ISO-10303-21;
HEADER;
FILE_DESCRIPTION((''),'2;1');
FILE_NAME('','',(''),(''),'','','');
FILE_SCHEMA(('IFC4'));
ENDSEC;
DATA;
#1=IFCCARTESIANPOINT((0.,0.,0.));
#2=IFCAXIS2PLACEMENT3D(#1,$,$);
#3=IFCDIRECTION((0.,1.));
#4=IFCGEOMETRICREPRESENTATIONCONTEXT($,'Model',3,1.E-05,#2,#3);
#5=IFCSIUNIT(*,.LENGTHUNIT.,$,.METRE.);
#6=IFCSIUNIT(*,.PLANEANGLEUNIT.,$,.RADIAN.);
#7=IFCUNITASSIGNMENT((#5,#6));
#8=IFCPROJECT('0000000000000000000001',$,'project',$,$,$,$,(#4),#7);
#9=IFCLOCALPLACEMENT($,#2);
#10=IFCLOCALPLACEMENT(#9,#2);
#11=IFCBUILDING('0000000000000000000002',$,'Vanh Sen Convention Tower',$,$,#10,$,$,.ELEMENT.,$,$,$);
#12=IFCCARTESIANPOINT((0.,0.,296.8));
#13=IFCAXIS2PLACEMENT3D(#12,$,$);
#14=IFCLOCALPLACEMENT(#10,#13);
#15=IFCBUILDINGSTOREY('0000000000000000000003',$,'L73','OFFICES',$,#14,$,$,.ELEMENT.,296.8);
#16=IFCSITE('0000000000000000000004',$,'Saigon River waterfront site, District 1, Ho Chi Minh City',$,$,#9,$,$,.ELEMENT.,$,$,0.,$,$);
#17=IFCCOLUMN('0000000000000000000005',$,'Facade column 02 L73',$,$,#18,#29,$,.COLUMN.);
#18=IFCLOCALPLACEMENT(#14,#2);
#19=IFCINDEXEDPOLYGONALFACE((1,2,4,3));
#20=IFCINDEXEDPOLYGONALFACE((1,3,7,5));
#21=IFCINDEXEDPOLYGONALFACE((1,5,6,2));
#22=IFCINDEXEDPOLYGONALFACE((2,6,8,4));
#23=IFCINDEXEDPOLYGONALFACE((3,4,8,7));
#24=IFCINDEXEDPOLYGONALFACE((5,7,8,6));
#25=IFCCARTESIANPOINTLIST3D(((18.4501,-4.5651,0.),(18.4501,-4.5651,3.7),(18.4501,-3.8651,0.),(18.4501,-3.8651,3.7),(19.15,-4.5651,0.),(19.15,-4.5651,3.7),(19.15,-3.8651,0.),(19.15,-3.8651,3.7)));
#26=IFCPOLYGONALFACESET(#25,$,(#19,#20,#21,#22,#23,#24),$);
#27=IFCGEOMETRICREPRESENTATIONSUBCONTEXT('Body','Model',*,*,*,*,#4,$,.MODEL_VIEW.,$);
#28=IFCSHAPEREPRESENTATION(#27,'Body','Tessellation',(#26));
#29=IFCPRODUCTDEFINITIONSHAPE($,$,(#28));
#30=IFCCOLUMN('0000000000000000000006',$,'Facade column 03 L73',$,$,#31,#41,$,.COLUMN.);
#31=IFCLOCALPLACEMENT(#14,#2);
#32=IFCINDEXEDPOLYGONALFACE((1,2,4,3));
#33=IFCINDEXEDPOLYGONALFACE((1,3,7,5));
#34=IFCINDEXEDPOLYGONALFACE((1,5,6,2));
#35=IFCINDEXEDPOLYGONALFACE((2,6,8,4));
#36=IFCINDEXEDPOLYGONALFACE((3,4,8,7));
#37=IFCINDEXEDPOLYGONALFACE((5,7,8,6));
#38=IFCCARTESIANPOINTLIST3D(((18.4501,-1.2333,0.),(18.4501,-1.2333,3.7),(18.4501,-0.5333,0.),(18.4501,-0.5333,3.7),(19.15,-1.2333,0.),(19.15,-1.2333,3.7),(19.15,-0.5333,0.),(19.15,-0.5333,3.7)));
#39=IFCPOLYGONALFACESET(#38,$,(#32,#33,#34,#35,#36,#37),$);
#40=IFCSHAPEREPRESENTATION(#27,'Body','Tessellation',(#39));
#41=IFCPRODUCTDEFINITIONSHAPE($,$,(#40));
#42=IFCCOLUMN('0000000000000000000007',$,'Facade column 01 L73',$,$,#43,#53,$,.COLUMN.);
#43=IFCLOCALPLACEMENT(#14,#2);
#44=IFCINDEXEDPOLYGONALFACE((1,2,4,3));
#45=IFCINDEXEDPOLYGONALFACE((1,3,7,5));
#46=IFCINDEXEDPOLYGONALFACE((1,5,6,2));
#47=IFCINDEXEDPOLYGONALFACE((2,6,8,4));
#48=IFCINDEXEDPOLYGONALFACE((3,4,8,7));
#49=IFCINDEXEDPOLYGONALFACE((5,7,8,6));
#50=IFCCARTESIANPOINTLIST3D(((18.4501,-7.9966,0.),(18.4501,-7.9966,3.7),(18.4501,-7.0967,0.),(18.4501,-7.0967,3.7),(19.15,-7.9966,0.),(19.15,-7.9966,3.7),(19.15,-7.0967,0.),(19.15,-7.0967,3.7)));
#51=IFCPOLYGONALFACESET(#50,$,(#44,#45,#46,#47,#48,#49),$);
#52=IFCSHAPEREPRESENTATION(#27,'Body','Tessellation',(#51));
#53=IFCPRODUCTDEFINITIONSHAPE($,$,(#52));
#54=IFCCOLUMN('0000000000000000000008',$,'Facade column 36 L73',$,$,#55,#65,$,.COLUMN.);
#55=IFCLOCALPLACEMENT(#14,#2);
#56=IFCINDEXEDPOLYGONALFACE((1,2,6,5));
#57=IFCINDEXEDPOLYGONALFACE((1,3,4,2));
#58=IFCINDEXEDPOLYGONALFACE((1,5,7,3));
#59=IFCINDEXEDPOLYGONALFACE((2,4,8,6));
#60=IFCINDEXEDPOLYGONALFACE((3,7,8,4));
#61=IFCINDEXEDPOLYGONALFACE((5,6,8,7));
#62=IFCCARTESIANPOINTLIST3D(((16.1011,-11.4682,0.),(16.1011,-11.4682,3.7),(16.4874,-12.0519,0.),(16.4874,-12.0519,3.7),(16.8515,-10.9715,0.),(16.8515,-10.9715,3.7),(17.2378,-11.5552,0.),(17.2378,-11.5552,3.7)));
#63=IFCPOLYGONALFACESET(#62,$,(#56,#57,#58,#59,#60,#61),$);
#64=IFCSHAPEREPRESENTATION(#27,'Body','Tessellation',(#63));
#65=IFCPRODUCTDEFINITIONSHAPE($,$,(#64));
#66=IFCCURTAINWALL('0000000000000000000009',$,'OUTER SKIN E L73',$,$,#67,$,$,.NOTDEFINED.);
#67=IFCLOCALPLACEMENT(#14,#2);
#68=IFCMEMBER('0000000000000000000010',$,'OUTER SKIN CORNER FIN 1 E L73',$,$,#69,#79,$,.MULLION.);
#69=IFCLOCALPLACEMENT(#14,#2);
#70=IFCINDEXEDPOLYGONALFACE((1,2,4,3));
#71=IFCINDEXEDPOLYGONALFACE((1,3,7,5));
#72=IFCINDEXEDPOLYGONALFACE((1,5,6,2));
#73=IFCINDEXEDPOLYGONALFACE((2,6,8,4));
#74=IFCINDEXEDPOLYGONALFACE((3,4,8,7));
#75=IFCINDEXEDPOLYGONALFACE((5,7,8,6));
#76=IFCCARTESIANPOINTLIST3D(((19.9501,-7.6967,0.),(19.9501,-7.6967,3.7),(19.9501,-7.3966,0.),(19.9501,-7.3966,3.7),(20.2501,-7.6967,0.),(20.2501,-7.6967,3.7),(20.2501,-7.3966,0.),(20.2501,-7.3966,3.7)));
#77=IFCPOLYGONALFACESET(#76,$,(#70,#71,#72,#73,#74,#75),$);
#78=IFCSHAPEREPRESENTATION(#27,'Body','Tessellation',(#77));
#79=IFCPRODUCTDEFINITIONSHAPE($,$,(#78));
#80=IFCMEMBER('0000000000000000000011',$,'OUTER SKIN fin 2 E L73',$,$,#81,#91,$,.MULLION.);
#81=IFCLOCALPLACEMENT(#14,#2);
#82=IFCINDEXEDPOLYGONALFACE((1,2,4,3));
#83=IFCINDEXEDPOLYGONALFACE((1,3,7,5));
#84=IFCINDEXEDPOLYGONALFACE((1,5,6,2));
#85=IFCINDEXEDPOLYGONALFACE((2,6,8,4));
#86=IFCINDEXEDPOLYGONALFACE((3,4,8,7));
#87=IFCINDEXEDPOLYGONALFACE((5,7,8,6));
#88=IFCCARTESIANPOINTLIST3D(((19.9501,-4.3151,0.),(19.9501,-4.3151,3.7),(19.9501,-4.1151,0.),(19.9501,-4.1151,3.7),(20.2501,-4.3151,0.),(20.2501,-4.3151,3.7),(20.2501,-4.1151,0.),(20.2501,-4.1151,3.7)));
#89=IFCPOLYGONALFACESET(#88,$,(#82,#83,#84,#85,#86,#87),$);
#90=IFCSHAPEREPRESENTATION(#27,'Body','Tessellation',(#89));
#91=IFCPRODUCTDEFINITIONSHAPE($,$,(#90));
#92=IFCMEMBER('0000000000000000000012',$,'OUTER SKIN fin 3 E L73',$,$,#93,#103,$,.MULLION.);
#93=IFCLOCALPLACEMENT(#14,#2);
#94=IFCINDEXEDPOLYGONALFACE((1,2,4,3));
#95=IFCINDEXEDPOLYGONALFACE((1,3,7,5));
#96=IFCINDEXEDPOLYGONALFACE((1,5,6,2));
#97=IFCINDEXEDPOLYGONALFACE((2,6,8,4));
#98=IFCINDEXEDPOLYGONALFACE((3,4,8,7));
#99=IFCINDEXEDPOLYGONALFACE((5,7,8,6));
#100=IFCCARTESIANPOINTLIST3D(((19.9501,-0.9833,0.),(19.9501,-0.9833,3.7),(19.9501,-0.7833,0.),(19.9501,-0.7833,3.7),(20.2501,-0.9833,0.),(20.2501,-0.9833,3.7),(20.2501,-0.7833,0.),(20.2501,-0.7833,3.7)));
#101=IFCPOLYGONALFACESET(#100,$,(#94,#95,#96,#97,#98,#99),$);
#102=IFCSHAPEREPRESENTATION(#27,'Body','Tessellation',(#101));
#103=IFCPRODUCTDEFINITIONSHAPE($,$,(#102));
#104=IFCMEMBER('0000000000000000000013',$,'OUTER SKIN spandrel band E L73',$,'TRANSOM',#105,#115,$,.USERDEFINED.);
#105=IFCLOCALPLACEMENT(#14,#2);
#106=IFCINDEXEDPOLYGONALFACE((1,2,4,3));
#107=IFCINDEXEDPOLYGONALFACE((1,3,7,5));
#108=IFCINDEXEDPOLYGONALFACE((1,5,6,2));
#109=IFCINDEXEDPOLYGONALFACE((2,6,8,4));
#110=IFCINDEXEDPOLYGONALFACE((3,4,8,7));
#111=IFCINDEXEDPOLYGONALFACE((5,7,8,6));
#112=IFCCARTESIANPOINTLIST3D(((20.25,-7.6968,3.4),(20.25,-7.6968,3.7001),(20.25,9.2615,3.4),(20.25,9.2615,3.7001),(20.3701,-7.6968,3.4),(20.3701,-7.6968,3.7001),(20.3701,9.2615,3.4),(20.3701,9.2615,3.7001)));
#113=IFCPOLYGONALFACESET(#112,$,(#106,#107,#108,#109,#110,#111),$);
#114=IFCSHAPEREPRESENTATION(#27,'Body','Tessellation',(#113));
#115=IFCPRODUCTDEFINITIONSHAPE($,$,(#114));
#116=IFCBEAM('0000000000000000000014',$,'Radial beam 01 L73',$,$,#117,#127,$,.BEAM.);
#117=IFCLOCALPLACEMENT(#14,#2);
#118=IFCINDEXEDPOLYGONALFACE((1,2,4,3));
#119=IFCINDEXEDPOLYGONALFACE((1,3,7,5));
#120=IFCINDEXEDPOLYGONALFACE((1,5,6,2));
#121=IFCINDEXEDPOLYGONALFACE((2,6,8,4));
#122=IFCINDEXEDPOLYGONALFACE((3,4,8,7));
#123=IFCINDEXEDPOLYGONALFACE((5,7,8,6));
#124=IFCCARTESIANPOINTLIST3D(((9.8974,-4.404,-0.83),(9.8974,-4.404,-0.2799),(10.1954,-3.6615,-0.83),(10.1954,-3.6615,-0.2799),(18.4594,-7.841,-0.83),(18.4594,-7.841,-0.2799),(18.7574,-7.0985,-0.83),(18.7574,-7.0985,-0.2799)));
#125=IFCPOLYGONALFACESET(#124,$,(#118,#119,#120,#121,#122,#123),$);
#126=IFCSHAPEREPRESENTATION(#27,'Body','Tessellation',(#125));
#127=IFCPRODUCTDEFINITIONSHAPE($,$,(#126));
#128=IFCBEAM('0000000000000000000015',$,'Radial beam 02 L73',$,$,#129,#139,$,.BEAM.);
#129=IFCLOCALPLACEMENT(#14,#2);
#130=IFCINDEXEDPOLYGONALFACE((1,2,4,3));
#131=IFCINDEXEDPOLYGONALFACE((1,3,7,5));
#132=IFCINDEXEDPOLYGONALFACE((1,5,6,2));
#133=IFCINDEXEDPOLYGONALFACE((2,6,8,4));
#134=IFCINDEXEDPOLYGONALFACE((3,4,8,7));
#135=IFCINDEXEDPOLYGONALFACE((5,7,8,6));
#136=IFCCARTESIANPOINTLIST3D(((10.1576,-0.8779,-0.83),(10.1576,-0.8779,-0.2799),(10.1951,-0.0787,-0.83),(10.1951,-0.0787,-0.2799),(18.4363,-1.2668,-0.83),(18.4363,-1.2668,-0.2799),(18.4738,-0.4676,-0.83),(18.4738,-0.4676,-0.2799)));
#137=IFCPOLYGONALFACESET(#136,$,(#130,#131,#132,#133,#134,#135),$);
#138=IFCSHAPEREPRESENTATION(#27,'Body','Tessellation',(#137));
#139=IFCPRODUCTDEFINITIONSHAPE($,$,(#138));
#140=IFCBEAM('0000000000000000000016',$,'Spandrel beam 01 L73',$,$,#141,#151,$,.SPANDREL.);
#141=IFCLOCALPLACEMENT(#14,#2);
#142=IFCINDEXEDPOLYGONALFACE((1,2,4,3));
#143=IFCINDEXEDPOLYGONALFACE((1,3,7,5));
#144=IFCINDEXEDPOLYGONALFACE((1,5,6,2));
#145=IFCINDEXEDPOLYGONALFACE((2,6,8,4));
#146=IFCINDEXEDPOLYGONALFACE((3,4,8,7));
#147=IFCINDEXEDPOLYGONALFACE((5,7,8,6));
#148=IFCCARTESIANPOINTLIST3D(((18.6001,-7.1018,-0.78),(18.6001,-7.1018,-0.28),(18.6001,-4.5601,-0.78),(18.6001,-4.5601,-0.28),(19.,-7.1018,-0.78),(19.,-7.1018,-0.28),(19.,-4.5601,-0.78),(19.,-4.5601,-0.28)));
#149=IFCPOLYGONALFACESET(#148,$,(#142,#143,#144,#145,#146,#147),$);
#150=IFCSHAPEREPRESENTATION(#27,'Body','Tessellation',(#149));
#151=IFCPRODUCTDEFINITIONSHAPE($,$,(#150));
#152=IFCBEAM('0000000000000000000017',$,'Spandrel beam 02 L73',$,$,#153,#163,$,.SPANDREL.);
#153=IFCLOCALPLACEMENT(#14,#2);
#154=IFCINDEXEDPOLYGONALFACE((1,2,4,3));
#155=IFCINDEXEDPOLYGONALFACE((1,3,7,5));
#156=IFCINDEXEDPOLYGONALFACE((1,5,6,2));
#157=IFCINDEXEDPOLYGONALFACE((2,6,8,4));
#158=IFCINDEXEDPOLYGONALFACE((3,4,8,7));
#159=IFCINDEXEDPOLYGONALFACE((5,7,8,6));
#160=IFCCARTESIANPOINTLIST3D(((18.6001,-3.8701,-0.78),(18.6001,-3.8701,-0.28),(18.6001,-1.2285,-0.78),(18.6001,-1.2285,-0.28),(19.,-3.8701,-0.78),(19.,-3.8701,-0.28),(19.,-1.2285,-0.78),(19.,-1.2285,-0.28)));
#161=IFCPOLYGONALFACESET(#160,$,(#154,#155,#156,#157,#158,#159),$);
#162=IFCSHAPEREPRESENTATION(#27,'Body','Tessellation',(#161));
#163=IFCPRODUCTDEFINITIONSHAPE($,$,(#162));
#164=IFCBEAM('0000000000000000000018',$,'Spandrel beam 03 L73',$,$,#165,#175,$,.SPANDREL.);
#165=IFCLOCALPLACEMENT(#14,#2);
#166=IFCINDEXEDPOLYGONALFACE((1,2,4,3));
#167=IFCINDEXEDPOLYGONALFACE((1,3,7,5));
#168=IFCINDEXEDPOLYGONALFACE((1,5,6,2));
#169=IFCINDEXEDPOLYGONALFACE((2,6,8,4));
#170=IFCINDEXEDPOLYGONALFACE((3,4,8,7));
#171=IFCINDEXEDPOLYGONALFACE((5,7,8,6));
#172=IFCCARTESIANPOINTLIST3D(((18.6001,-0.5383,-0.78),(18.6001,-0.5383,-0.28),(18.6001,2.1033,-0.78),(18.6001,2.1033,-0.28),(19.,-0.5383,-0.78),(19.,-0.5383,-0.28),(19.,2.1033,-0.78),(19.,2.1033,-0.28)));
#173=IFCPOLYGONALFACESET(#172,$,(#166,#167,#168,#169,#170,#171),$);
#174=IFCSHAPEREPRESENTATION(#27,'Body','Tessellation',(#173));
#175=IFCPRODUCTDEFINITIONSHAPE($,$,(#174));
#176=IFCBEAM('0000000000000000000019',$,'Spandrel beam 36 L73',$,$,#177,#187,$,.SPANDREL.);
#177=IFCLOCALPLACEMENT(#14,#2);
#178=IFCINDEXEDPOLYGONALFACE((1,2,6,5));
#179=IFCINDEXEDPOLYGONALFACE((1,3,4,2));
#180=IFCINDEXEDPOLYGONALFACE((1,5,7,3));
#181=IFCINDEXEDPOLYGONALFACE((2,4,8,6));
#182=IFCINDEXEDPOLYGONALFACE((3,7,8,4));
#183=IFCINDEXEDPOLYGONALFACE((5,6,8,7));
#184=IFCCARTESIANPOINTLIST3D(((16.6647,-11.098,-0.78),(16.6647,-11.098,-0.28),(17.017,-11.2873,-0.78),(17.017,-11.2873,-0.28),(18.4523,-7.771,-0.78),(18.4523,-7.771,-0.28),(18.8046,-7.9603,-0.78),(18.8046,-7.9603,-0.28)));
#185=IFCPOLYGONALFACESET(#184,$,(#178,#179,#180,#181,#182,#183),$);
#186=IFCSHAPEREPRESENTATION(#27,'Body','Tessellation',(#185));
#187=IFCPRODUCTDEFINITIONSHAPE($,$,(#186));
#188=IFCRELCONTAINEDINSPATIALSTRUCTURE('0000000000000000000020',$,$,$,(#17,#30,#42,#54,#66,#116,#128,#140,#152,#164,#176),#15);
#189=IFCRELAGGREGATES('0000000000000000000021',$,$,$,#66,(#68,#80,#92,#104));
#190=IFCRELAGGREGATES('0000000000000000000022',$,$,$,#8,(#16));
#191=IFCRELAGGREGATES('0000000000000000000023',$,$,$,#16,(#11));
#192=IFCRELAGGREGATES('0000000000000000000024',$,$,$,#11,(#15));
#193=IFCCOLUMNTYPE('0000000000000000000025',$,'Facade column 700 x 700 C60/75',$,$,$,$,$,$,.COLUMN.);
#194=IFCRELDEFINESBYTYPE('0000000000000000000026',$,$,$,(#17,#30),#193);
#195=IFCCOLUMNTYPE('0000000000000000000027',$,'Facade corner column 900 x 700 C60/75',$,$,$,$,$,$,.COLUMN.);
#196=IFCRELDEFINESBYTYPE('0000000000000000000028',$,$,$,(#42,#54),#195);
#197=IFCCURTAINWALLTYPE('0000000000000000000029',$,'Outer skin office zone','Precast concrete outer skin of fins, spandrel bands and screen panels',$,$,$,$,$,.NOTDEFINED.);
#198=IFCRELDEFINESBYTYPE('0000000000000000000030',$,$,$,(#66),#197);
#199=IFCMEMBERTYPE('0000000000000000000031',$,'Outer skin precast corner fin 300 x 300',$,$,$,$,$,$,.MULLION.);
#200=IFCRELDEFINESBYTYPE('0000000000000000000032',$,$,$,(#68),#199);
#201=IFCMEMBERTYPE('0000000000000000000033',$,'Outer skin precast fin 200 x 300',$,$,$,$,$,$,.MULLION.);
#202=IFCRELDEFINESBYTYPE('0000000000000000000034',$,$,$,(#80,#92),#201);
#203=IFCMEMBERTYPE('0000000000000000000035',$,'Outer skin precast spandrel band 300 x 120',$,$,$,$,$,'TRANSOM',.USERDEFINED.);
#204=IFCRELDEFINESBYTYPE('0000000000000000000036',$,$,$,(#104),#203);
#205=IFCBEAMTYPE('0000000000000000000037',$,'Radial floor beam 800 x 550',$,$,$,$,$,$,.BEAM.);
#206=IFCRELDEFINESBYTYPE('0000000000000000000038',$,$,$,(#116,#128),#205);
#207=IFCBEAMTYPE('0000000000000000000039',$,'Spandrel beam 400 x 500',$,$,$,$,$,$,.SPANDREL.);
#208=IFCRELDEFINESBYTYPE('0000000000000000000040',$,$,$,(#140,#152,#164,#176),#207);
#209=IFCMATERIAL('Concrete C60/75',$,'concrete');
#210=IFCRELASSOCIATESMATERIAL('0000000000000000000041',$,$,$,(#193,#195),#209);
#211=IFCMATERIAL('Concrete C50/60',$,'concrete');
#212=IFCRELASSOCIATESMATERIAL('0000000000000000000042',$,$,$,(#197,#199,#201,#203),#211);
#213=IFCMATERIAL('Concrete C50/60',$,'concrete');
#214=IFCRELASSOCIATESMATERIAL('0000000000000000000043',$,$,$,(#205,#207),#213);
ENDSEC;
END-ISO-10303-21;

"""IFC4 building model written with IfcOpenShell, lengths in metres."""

from ifc_helpers import new_model, si_unit, direction, frame, origin, origin_2d, place, context, subcontext, project, spatial, rectangle, extrude, material, material_profile, profile_set, type_object, element, aggregate, save


model = new_model("IFC4")

# Units and contexts
model_context = context("Model", 3, precision=1e-05, world=origin(), true_north=direction((0.0, 1.0)))
body_context = subcontext(model_context, "Body", "Model", "MODEL_VIEW")
ifc_project = project(units=[si_unit("LENGTHUNIT", "METRE"), si_unit("PLANEANGLEUNIT", "RADIAN")], contexts=[model_context])

# Site, building, storey
site_placement = place(None, origin())
site = spatial("IfcSite", under=ifc_project, at=site_placement, Name="Saigon River waterfront site, District 1, Ho Chi Minh City", CompositionType="ELEMENT", RefElevation=0.0)
building_placement = place(site_placement, origin())
building = spatial("IfcBuilding", under=site, at=building_placement, Name="Vanh Sen Convention Tower", CompositionType="ELEMENT")
storey_placement = place(building_placement, frame((0.0, 0.0, 296.8)))
storey = spatial("IfcBuildingStorey", under=building, at=storey_placement, Name="L73", Description="OFFICES", CompositionType="ELEMENT", Elevation=296.8)

# Columns
ifc_material_1 = material(Name="Concrete C60/75", Category="concrete")
ifc_material_profile_1 = material_profile(ifc_material_1, rectangle(XDim=0.7, YDim=0.7, at=origin_2d()), Name="RC 700X700")
ifc_profile_set_1 = profile_set([ifc_material_profile_1], Name="Concrete C60/75")
column_type_1 = type_object("IfcColumnType", Name="Facade column 700 x 700 C60/75", PredefinedType="COLUMN", material=ifc_profile_set_1)
for number, where, z_axis, x_axis, name in (
    (1, (18.8, -4.2151, 0.0), (0.0, 0.0, 1.0), (0.0, 1.0, 0.0), "Facade column 02 L73"),
    (2, (18.8, -0.8833, 0.0), (0.0, 0.0, 1.0), (0.0, 1.0, 0.0), "Facade column 03 L73"),
):
    element("IfcColumn", number, at=place(storey_placement, frame(where, z_axis=z_axis, x_axis=x_axis)), inside=storey, type_object=column_type_1, Name=name, PredefinedType="COLUMN", context=body_context, shape_type="SweptSolid", body=[
        extrude(rectangle(XDim=0.7, YDim=0.7, at=origin_2d()), origin(), (0.0, 0.0, 1.0), 3.7),
    ])
ifc_material_profile_2 = material_profile(ifc_material_1, rectangle(XDim=0.8999, YDim=0.7, at=origin_2d()), Name="RC 900X700")
ifc_profile_set_2 = profile_set([ifc_material_profile_2], Name="Concrete C60/75")
column_type_2 = type_object("IfcColumnType", Name="Facade corner column 900 x 700 C60/75", PredefinedType="COLUMN", material=ifc_profile_set_2)
for number, where, z_axis, x_axis, name in (
    (3, (18.8, -7.5466, 0.0), (0.0, 0.0, 1.0), (0.0, 1.0, 0.0), "Facade column 01 L73"),
    (4, (16.6694, -11.5117, 0.0), (0.0, 0.0, 1.0), (0.833886, 0.551937, 0.0), "Facade column 36 L73"),
):
    element("IfcColumn", number, at=place(storey_placement, frame(where, z_axis=z_axis, x_axis=x_axis)), inside=storey, type_object=column_type_2, Name=name, PredefinedType="COLUMN", context=body_context, shape_type="SweptSolid", body=[
        extrude(rectangle(XDim=0.8999, YDim=0.7, at=origin_2d()), origin(), (0.0, 0.0, 1.0), 3.7),
    ])

# Curtain wall, members
ifc_material_2 = material(Name="Concrete C50/60", Category="concrete")
curtain_wall_type = type_object("IfcCurtainWallType", Name="Outer skin office zone", Description="Precast concrete outer skin of fins, spandrel bands and screen panels", PredefinedType="NOTDEFINED", material=ifc_material_2)
curtain_wall_1_placement = place(storey_placement, origin())
curtain_wall_1 = element("IfcCurtainWall", 5, at=curtain_wall_1_placement, inside=storey, type_object=curtain_wall_type, Name="OUTER SKIN E L73", PredefinedType="NOTDEFINED")
ifc_material_profile_3 = material_profile(ifc_material_2, rectangle(XDim=0.3, YDim=0.3, at=origin_2d()), Name="Outer skin precast corner fin 300 x 300")
ifc_profile_set_3 = profile_set([ifc_material_profile_3], Name="Concrete C50/60")
member_type_1 = type_object("IfcMemberType", Name="Outer skin precast corner fin 300 x 300", PredefinedType="MULLION", material=ifc_profile_set_3)
member_1_placement = place(storey_placement, frame((20.1001, -7.5466, 0.0), z_axis=(0.0, 0.0, 1.0), x_axis=(0.0, 1.0, 0.0)))
member_1 = element("IfcMember", 6, at=member_1_placement, type_object=member_type_1, Name="OUTER SKIN CORNER FIN 1 E L73", PredefinedType="MULLION", context=body_context, shape_type="SweptSolid", body=[
    extrude(rectangle(XDim=0.3, YDim=0.3, at=origin_2d()), origin(), (0.0, 0.0, 1.0), 3.7),
])
ifc_material_profile_4 = material_profile(ifc_material_2, rectangle(XDim=0.2, YDim=0.3, at=origin_2d()), Name="Outer skin precast fin 200 x 300")
ifc_profile_set_4 = profile_set([ifc_material_profile_4], Name="Concrete C50/60")
member_type_2 = type_object("IfcMemberType", Name="Outer skin precast fin 200 x 300", PredefinedType="MULLION", material=ifc_profile_set_4)
member_2_placement = place(storey_placement, frame((20.1001, -4.2151, 0.0), z_axis=(0.0, 0.0, 1.0), x_axis=(0.0, 1.0, 0.0)))
member_2 = element("IfcMember", 7, at=member_2_placement, type_object=member_type_2, Name="OUTER SKIN fin 2 E L73", PredefinedType="MULLION", context=body_context, shape_type="SweptSolid", body=[
    extrude(rectangle(XDim=0.2, YDim=0.3, at=origin_2d()), origin(), (0.0, 0.0, 1.0), 3.7),
])
member_3_placement = place(storey_placement, frame((20.1001, -0.8833, 0.0), z_axis=(0.0, 0.0, 1.0), x_axis=(0.0, 1.0, 0.0)))
member_3 = element("IfcMember", 8, at=member_3_placement, type_object=member_type_2, Name="OUTER SKIN fin 3 E L73", PredefinedType="MULLION", context=body_context, shape_type="SweptSolid", body=[
    extrude(rectangle(XDim=0.2, YDim=0.3, at=origin_2d()), origin(), (0.0, 0.0, 1.0), 3.7),
])
ifc_material_profile_5 = material_profile(ifc_material_2, rectangle(XDim=0.1201, YDim=0.3, at=origin_2d()), Name="Outer skin precast spandrel band 300 x 120")
ifc_profile_set_5 = profile_set([ifc_material_profile_5], Name="Concrete C50/60")
member_type_3 = type_object("IfcMemberType", Name="Outer skin precast spandrel band 300 x 120", ElementType="TRANSOM", PredefinedType="USERDEFINED", material=ifc_profile_set_5)
member_4_placement = place(storey_placement, frame((20.3101, -7.6968, 3.55), z_axis=(0.0, 1.0, 0.0), x_axis=(-1.0, 0.0, 0.0)))
member_4 = element("IfcMember", 9, at=member_4_placement, type_object=member_type_3, Name="OUTER SKIN spandrel band E L73", ObjectType="TRANSOM", PredefinedType="USERDEFINED", context=body_context, shape_type="SweptSolid", body=[
    extrude(rectangle(XDim=0.1201, YDim=0.3, at=origin_2d()), origin(), (0.0, 0.0, 1.0), 16.9583),
])

# Beams
ifc_material_3 = material(Name="Concrete C50/60", Category="concrete")
ifc_material_profile_6 = material_profile(ifc_material_3, rectangle(XDim=0.8, YDim=0.55, at=origin_2d()), Name="RC 800X550")
ifc_profile_set_6 = profile_set([ifc_material_profile_6], Name="Concrete C50/60")
beam_type_1 = type_object("IfcBeamType", Name="Radial floor beam 800 x 550", PredefinedType="BEAM", material=ifc_profile_set_6)
beam_1_placement = place(storey_placement, frame((18.6084, -7.4697, -0.5549), z_axis=(-0.92802, 0.372531, 0.0), x_axis=(-0.372531, -0.92802, 0.0)))
element("IfcBeam", 10, at=beam_1_placement, inside=storey, type_object=beam_type_1, Name="Radial beam 01 L73", PredefinedType="BEAM", context=body_context, shape_type="SweptSolid", body=[
    extrude(rectangle(XDim=0.8, YDim=0.55, at=origin_2d()), origin(), (0.0, 0.0, 1.0), 9.2261),
])
beam_2_placement = place(storey_placement, frame((18.4551, -0.8672, -0.5549), z_axis=(-0.998898, 0.046926, 0.0), x_axis=(-0.046926, -0.998898, 0.0)))
element("IfcBeam", 11, at=beam_2_placement, inside=storey, type_object=beam_type_1, Name="Radial beam 02 L73", PredefinedType="BEAM", context=body_context, shape_type="SweptSolid", body=[
    extrude(rectangle(XDim=0.8, YDim=0.55, at=origin_2d()), origin(), (0.0, 0.0, 1.0), 8.2878),
])
ifc_material_profile_7 = material_profile(ifc_material_3, rectangle(XDim=0.3999, YDim=0.5, at=origin_2d()), Name="RC 400X500")
ifc_profile_set_7 = profile_set([ifc_material_profile_7], Name="Concrete C50/60")
beam_type_2 = type_object("IfcBeamType", Name="Spandrel beam 400 x 500", PredefinedType="SPANDREL", material=ifc_profile_set_7)
beam_3_placement = place(storey_placement, frame((18.8, -7.1018, -0.53), z_axis=(0.0, 1.0, 0.0), x_axis=(-1.0, 0.0, 0.0)))
element("IfcBeam", 12, at=beam_3_placement, inside=storey, type_object=beam_type_2, Name="Spandrel beam 01 L73", PredefinedType="SPANDREL", context=body_context, shape_type="SweptSolid", body=[
    extrude(rectangle(XDim=0.3999, YDim=0.5, at=origin_2d()), origin(), (0.0, 0.0, 1.0), 2.5417),
])
for number, where, z_axis, x_axis, name in (
    (13, (18.8, -3.8701, -0.53), (0.0, 1.0, 0.0), (-1.0, 0.0, 0.0), "Spandrel beam 02 L73"),
    (14, (18.8, -0.5383, -0.53), (0.0, 1.0, 0.0), (-1.0, 0.0, 0.0), "Spandrel beam 03 L73"),
):
    element("IfcBeam", number, at=place(storey_placement, frame(where, z_axis=z_axis, x_axis=x_axis)), inside=storey, type_object=beam_type_2, Name=name, PredefinedType="SPANDREL", context=body_context, shape_type="SweptSolid", body=[
        extrude(rectangle(XDim=0.3999, YDim=0.5, at=origin_2d()), origin(), (0.0, 0.0, 1.0), 2.6416),
    ])
beam_4_placement = place(storey_placement, frame((16.8408, -11.1926, -0.53), z_axis=(0.473317, 0.880892, 0.0), x_axis=(-0.880892, 0.473317, 0.0)))
element("IfcBeam", 15, at=beam_4_placement, inside=storey, type_object=beam_type_2, Name="Spandrel beam 36 L73", PredefinedType="SPANDREL", context=body_context, shape_type="SweptSolid", body=[
    extrude(rectangle(XDim=0.3999, YDim=0.5, at=origin_2d()), origin(), (0.0, 0.0, 1.0), 3.7769),
])

aggregate(curtain_wall_1, [member_1, member_2, member_3, member_4])

save(model, "model.ifc")
